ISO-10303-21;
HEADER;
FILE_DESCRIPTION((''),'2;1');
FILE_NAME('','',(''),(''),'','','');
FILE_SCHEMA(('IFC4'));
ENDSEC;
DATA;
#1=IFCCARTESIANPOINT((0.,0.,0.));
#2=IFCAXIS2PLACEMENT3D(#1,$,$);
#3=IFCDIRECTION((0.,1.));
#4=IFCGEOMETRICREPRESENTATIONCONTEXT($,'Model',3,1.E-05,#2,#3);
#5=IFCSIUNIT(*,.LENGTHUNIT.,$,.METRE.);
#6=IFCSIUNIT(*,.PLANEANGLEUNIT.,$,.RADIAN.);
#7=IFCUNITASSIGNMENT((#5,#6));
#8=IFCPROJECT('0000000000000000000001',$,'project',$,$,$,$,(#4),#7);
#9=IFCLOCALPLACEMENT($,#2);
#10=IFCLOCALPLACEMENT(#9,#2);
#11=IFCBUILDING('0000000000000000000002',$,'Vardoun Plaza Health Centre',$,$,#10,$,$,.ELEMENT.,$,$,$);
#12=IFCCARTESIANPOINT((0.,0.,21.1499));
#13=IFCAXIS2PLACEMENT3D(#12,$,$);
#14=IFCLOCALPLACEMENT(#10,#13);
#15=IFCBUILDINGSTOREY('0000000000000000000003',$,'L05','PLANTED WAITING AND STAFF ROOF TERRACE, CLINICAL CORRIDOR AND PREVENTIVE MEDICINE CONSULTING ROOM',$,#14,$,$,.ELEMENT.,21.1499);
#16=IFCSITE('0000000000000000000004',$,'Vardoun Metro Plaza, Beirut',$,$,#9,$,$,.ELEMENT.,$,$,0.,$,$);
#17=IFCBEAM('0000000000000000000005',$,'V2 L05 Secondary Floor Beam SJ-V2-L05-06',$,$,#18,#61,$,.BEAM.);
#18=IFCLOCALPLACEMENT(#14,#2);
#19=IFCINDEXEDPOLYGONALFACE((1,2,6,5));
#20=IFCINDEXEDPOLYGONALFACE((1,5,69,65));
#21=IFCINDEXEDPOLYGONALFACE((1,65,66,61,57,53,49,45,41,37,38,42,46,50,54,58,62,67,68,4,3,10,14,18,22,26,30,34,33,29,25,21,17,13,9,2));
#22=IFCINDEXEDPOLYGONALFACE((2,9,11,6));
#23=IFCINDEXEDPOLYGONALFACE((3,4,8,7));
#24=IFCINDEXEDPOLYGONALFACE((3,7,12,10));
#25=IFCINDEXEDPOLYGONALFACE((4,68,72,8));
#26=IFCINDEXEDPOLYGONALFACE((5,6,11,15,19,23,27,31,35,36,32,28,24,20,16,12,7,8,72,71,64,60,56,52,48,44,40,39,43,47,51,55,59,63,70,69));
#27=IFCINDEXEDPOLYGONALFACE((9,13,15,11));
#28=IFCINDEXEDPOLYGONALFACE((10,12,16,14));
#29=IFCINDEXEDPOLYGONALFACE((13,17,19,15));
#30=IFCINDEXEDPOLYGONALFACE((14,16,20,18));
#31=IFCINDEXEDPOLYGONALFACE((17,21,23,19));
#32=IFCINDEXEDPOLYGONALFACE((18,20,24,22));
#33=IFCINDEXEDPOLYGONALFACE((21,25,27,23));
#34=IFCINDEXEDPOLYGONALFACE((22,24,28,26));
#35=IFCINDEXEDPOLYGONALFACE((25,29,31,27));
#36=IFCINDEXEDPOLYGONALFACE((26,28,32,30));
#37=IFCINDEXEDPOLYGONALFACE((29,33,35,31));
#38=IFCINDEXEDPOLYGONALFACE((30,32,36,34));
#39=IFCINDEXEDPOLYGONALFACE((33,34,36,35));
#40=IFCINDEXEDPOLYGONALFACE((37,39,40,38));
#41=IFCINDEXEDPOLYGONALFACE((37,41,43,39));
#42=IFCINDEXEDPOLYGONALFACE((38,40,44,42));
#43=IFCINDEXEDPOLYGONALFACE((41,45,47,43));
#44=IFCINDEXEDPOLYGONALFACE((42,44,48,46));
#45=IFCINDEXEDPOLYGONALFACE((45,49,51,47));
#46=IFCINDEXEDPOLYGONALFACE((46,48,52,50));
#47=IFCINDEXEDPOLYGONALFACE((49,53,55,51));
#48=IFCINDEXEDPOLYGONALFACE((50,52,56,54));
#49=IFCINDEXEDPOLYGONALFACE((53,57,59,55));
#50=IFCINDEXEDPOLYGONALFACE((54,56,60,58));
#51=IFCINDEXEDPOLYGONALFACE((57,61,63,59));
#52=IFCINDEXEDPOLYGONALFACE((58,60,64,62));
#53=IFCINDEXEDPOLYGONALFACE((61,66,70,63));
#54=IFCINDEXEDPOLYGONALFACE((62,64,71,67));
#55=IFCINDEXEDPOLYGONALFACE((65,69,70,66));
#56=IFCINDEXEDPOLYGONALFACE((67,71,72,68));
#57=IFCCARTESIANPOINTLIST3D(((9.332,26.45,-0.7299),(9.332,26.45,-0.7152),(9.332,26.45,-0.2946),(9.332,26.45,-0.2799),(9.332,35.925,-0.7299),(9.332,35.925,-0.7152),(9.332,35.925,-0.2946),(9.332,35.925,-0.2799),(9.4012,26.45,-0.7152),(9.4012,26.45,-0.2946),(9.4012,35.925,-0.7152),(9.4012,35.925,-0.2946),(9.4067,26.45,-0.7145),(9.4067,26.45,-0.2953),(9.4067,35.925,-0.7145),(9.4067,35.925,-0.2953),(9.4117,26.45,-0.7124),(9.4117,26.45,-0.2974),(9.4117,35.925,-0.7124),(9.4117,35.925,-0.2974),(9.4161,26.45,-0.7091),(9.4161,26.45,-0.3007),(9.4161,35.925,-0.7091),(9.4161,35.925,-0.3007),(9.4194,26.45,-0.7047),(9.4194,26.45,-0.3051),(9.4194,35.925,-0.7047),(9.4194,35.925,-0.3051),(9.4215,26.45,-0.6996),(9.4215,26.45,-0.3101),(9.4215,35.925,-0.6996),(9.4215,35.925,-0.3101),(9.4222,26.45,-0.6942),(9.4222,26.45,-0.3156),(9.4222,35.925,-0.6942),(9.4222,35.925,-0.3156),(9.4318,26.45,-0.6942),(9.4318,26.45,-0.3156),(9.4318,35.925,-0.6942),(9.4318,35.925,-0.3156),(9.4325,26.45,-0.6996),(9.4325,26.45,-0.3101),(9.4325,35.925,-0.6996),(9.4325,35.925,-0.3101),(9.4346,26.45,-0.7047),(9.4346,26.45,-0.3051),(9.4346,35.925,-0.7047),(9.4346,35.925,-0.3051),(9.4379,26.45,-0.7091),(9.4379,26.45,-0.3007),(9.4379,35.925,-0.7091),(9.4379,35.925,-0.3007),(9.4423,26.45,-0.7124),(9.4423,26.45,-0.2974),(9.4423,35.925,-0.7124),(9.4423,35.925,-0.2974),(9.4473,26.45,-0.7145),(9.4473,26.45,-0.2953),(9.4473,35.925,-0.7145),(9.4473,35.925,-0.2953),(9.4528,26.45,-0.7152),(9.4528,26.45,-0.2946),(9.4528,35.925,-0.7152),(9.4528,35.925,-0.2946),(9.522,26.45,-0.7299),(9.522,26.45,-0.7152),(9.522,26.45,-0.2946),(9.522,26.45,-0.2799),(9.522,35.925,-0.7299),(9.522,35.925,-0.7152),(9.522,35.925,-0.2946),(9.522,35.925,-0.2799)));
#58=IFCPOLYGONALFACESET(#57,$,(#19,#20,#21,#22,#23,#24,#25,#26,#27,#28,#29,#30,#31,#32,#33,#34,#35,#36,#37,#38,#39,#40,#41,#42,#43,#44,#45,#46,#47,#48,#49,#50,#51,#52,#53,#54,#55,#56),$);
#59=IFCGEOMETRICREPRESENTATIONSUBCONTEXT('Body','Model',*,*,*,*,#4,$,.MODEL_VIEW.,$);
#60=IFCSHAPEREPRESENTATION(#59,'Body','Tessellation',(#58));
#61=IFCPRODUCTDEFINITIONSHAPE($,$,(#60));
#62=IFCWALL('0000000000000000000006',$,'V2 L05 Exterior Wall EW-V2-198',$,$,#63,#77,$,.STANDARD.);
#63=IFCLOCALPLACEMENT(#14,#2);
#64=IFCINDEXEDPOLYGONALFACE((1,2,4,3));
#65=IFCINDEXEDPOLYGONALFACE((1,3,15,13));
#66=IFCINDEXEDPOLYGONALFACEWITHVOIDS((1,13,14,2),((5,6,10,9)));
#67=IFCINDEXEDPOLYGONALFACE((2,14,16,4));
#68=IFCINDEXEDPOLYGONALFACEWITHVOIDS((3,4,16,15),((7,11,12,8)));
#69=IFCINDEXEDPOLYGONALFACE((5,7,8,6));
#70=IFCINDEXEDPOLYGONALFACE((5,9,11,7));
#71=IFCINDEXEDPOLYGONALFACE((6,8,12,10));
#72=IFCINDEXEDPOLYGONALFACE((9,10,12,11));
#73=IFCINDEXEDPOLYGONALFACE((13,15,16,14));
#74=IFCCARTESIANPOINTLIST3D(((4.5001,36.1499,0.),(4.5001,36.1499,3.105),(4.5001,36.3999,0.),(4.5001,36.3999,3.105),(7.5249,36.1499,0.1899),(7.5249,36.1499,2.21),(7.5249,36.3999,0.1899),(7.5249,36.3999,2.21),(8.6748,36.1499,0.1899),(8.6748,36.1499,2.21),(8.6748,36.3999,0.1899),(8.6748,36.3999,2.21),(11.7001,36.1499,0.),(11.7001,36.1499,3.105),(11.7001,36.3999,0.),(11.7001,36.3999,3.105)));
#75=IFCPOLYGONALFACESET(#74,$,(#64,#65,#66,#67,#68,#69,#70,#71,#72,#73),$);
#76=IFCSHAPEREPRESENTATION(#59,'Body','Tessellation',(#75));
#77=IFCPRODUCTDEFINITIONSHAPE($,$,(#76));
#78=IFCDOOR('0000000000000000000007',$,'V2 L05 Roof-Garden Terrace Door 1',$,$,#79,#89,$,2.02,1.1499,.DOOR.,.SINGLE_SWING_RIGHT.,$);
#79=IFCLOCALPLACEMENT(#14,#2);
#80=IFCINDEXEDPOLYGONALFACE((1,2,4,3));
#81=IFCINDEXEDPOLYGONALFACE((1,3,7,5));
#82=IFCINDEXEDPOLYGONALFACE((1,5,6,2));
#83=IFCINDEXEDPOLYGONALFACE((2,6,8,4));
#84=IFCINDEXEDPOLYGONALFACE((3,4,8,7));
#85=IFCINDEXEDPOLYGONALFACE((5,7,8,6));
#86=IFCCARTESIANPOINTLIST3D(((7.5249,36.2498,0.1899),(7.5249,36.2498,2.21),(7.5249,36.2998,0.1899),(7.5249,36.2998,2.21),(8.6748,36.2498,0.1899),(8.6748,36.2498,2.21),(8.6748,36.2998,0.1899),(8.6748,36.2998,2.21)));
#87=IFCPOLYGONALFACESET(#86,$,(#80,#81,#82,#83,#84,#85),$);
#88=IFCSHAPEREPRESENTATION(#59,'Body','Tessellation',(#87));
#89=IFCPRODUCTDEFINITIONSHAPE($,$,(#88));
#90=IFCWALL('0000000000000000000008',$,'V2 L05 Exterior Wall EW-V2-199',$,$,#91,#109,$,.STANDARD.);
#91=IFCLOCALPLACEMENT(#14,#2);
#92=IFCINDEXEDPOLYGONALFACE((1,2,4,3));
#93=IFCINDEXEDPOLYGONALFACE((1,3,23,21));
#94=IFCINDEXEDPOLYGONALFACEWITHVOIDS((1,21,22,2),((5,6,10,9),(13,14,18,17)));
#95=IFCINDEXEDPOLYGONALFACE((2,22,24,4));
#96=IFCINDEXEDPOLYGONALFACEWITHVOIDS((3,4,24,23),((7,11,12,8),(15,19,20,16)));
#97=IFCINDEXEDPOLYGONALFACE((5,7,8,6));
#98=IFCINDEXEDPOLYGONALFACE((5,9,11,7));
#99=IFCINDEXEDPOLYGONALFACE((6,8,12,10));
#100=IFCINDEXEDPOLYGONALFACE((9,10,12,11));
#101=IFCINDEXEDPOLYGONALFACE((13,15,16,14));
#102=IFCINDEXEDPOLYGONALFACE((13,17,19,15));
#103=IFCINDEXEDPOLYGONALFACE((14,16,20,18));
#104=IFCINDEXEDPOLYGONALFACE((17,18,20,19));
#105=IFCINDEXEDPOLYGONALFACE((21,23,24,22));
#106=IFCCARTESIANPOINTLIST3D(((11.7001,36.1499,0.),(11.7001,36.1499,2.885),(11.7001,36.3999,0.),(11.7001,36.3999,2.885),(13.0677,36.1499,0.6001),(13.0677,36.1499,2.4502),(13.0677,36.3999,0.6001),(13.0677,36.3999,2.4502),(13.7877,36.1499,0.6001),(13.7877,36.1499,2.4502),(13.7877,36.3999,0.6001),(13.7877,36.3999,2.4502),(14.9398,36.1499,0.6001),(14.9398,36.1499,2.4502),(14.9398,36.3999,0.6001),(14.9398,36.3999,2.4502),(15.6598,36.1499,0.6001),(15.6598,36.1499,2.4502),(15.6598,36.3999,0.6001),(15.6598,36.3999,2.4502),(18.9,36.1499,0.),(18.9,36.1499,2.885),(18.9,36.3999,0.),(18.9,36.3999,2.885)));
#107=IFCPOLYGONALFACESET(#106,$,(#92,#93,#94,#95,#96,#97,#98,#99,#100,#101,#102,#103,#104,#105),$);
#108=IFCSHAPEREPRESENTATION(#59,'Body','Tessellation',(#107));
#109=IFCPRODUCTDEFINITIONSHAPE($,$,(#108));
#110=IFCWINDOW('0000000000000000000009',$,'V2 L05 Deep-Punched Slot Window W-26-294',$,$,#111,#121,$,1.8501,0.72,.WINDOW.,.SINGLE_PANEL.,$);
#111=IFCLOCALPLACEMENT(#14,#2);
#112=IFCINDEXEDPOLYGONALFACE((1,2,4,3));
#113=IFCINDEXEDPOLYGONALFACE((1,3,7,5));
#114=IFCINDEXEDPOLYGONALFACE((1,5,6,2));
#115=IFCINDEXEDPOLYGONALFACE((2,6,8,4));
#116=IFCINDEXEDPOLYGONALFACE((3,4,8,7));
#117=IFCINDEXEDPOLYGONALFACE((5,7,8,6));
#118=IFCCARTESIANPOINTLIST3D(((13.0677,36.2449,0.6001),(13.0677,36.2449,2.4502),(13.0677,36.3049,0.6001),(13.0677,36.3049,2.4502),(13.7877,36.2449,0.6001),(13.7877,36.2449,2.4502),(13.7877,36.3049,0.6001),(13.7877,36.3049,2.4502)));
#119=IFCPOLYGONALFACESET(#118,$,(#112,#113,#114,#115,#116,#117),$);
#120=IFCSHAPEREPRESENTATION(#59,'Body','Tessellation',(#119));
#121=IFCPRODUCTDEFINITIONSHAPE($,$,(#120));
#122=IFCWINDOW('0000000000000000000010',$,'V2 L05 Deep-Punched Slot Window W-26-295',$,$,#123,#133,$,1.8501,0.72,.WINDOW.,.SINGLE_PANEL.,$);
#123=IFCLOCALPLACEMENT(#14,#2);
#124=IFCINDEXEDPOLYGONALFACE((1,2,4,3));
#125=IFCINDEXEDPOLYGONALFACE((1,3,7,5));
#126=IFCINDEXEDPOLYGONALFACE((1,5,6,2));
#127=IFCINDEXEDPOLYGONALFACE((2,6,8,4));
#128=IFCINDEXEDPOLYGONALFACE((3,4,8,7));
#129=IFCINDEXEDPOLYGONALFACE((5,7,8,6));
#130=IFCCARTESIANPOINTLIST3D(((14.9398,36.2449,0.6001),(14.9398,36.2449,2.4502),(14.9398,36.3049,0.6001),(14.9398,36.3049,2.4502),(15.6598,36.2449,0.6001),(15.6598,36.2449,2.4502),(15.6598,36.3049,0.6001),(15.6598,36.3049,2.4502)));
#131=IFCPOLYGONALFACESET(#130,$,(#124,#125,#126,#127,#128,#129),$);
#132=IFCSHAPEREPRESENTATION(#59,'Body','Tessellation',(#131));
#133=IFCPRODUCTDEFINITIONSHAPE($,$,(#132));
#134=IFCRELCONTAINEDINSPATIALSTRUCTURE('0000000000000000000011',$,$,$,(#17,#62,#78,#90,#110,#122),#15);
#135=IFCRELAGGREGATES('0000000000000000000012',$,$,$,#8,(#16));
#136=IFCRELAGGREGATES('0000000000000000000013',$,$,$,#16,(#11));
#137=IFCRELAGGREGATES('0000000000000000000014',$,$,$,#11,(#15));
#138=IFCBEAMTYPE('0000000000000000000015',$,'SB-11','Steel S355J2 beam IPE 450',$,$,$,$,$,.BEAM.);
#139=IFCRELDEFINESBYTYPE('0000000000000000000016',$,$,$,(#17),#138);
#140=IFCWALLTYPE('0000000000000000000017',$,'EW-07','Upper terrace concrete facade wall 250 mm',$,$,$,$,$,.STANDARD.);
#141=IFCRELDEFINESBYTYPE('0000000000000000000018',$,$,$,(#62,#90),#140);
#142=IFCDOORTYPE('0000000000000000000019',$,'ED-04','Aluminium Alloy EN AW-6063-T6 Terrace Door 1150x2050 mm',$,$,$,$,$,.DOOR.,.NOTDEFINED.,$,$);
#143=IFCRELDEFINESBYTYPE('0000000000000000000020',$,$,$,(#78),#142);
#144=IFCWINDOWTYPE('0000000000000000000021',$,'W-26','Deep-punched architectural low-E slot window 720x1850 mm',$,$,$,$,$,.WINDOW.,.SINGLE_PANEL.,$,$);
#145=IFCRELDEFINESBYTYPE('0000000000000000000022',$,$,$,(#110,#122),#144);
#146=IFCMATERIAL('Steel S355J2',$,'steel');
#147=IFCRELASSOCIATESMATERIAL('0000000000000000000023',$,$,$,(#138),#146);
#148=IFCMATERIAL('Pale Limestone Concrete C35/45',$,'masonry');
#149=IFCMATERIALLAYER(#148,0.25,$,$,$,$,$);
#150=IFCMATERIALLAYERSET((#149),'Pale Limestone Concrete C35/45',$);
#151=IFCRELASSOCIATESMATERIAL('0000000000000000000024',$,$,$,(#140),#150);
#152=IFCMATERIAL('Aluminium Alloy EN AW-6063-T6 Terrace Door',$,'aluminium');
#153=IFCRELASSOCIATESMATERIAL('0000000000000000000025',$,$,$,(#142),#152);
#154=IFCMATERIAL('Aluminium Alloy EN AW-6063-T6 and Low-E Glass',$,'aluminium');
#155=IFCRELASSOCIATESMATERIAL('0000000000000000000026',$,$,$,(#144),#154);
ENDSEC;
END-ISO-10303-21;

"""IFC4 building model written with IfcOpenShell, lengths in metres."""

from ifc_helpers import new_model, si_unit, direction, frame, frame_2d, origin, origin_2d, place, context, subcontext, project, spatial, rectangle, i_section, extrude, material, layer, layer_set, material_profile, profile_set, type_object, element, fill, save


model = new_model("IFC4")

# Units and contexts
model_context = context("Model", 3, precision=1e-05, world=origin(), true_north=direction((0.0, 1.0)))
body_context = subcontext(model_context, "Body", "Model", "MODEL_VIEW")
ifc_project = project(units=[si_unit("LENGTHUNIT", "METRE"), si_unit("PLANEANGLEUNIT", "RADIAN")], contexts=[model_context])

# Site, building, storey
site_placement = place(None, origin())
site = spatial("IfcSite", under=ifc_project, at=site_placement, Name="Vardoun Metro Plaza, Beirut", CompositionType="ELEMENT", RefElevation=0.0)
building_placement = place(site_placement, origin())
building = spatial("IfcBuilding", under=site, at=building_placement, Name="Vardoun Plaza Health Centre", CompositionType="ELEMENT")
storey_placement = place(building_placement, frame((0.0, 0.0, 21.1499)))
storey = spatial("IfcBuildingStorey", under=building, at=storey_placement, Name="L05", Description="PLANTED WAITING AND STAFF ROOF TERRACE, CLINICAL CORRIDOR AND PREVENTIVE MEDICINE CONSULTING ROOM", CompositionType="ELEMENT", Elevation=21.1499)

# Beam
ifc_material_1 = material(Name="Steel S355J2", Category="steel")
ifc_material_profile_1 = material_profile(ifc_material_1, i_section(OverallWidth=0.1899, OverallDepth=0.45, WebThickness=0.0095, FlangeThickness=0.0146, FilletRadius=0.021, at=origin_2d()), Name="IPE 450")
ifc_profile_set_1 = profile_set([ifc_material_profile_1], Name="Steel S355J2")
beam_type_1 = type_object("IfcBeamType", Name="SB-11", Description="Steel S355J2 beam IPE 450", PredefinedType="BEAM", material=ifc_profile_set_1)
beam_1_placement = place(storey_placement, frame((9.427, 26.45, -0.5049), z_axis=(0.0, 1.0, 0.0), x_axis=(-1.0, 0.0, 0.0)))
element("IfcBeam", 1, at=beam_1_placement, inside=storey, type_object=beam_type_1, Name="V2 L05 Secondary Floor Beam SJ-V2-L05-06", PredefinedType="BEAM", context=body_context, shape_type="SweptSolid", body=[
    extrude(i_section(OverallWidth=0.1899, OverallDepth=0.45, WebThickness=0.0095, FlangeThickness=0.0146, FilletRadius=0.021, at=origin_2d()), origin(), (0.0, 0.0, 1.0), 9.4751),
])

# Wall, opening, door
ifc_material_2 = material(Name="Pale Limestone Concrete C35/45", Category="masonry")
ifc_layer_1 = layer(ifc_material_2, 0.25)
ifc_layer_set_1 = layer_set([ifc_layer_1], Name="Pale Limestone Concrete C35/45")
wall_type_1 = type_object("IfcWallType", Name="EW-07", Description="Upper terrace concrete facade wall 250 mm", PredefinedType="STANDARD", material=ifc_layer_set_1)
wall_1_placement = place(storey_placement, frame((4.5, 36.2749, 0.0), z_axis=(0.0, 0.0, 1.0), x_axis=(1.0, 0.0, 0.0)))
wall_1 = element("IfcWall", 2, at=wall_1_placement, inside=storey, type_object=wall_type_1, Name="V2 L05 Exterior Wall EW-V2-198", PredefinedType="STANDARD", context=body_context, shape_type="SweptSolid", body=[
    extrude(rectangle(XDim=7.2, YDim=0.25, at=frame_2d((3.6001, 0.0))), origin(), (0.0, 0.0, 1.0), 3.105),
])
opening_1_placement = place(wall_1_placement, frame((3.0249, 0.0, 0.1899)))
opening_1 = element("IfcOpeningElement", 3, at=opening_1_placement, cuts=wall_1, PredefinedType="OPENING", context=body_context, shape_type="SweptSolid", body=[
    extrude(rectangle(XDim=1.1499, YDim=2.02, at=frame_2d((0.575, 1.01))), frame((0.0, 0.125, 0.0), z_axis=(0.0, -1.0, 0.0), x_axis=(1.0, 0.0, 0.0)), (0.0, 0.0, 1.0), 0.25),
])
ifc_material_3 = material(Name="Aluminium Alloy EN AW-6063-T6 Terrace Door", Category="aluminium")
door_type = type_object("IfcDoorType", Name="ED-04", Description="Aluminium Alloy EN AW-6063-T6 Terrace Door 1150x2050 mm", OperationType="NOTDEFINED", PredefinedType="DOOR", material=ifc_material_3)
door_placement = place(opening_1_placement, origin())
door = element("IfcDoor", 4, at=door_placement, inside=storey, type_object=door_type, Name="V2 L05 Roof-Garden Terrace Door 1", OperationType="SINGLE_SWING_RIGHT", OverallHeight=2.02, OverallWidth=1.1499, PredefinedType="DOOR", context=body_context, shape_type="SweptSolid", body=[
    extrude(rectangle(XDim=1.1499, YDim=2.02, at=frame_2d((0.575, 1.01))), frame((0.0, 0.0249, 0.0), z_axis=(0.0, -1.0, 0.0), x_axis=(1.0, 0.0, 0.0)), (0.0, 0.0, 1.0), 0.05),
])
fill(opening_1, door)

# Wall, openings, windows
wall_2_placement = place(storey_placement, frame((11.7, 36.2749, 0.0), z_axis=(0.0, 0.0, 1.0), x_axis=(1.0, 0.0, 0.0)))
wall_2 = element("IfcWall", 5, at=wall_2_placement, inside=storey, type_object=wall_type_1, Name="V2 L05 Exterior Wall EW-V2-199", PredefinedType="STANDARD", context=body_context, shape_type="SweptSolid", body=[
    extrude(rectangle(XDim=7.2, YDim=0.25, at=frame_2d((3.6001, 0.0))), origin(), (0.0, 0.0, 1.0), 2.885),
])
opening_2_placement = place(wall_2_placement, frame((1.3679, 0.0, 0.6001)))
opening_2 = element("IfcOpeningElement", 6, at=opening_2_placement, cuts=wall_2, PredefinedType="OPENING", context=body_context, shape_type="SweptSolid", body=[
    extrude(rectangle(XDim=0.72, YDim=1.8501, at=frame_2d((0.3599, 0.925))), frame((0.0, 0.125, 0.0), z_axis=(0.0, -1.0, 0.0), x_axis=(1.0, 0.0, 0.0)), (0.0, 0.0, 1.0), 0.25),
])
opening_3_placement = place(wall_2_placement, frame((3.24, 0.0, 0.6001)))
opening_3 = element("IfcOpeningElement", 7, at=opening_3_placement, cuts=wall_2, PredefinedType="OPENING", context=body_context, shape_type="SweptSolid", body=[
    extrude(rectangle(XDim=0.72, YDim=1.8501, at=frame_2d((0.3599, 0.925))), frame((0.0, 0.125, 0.0), z_axis=(0.0, -1.0, 0.0), x_axis=(1.0, 0.0, 0.0)), (0.0, 0.0, 1.0), 0.25),
])
ifc_material_4 = material(Name="Aluminium Alloy EN AW-6063-T6 and Low-E Glass", Category="aluminium")
window_type_1 = type_object("IfcWindowType", Name="W-26", Description="Deep-punched architectural low-E slot window 720x1850 mm", PartitioningType="SINGLE_PANEL", PredefinedType="WINDOW", material=ifc_material_4)
window_1_placement = place(opening_2_placement, origin())
window_1 = element("IfcWindow", 8, at=window_1_placement, inside=storey, type_object=window_type_1, Name="V2 L05 Deep-Punched Slot Window W-26-294", OverallHeight=1.8501, OverallWidth=0.72, PartitioningType="SINGLE_PANEL", PredefinedType="WINDOW", context=body_context, shape_type="SweptSolid", body=[
    extrude(rectangle(XDim=0.72, YDim=1.8501, at=frame_2d((0.3599, 0.925))), frame((0.0, 0.03, 0.0), z_axis=(0.0, -1.0, 0.0), x_axis=(1.0, 0.0, 0.0)), (0.0, 0.0, 1.0), 0.0601),
])
fill(opening_2, window_1)
window_2_placement = place(opening_3_placement, origin())
window_2 = element("IfcWindow", 9, at=window_2_placement, inside=storey, type_object=window_type_1, Name="V2 L05 Deep-Punched Slot Window W-26-295", OverallHeight=1.8501, OverallWidth=0.72, PartitioningType="SINGLE_PANEL", PredefinedType="WINDOW", context=body_context, shape_type="SweptSolid", body=[
    extrude(rectangle(XDim=0.72, YDim=1.8501, at=frame_2d((0.3599, 0.925))), frame((0.0, 0.03, 0.0), z_axis=(0.0, -1.0, 0.0), x_axis=(1.0, 0.0, 0.0)), (0.0, 0.0, 1.0), 0.0601),
])
fill(opening_3, window_2)

save(model, "model.ifc")
